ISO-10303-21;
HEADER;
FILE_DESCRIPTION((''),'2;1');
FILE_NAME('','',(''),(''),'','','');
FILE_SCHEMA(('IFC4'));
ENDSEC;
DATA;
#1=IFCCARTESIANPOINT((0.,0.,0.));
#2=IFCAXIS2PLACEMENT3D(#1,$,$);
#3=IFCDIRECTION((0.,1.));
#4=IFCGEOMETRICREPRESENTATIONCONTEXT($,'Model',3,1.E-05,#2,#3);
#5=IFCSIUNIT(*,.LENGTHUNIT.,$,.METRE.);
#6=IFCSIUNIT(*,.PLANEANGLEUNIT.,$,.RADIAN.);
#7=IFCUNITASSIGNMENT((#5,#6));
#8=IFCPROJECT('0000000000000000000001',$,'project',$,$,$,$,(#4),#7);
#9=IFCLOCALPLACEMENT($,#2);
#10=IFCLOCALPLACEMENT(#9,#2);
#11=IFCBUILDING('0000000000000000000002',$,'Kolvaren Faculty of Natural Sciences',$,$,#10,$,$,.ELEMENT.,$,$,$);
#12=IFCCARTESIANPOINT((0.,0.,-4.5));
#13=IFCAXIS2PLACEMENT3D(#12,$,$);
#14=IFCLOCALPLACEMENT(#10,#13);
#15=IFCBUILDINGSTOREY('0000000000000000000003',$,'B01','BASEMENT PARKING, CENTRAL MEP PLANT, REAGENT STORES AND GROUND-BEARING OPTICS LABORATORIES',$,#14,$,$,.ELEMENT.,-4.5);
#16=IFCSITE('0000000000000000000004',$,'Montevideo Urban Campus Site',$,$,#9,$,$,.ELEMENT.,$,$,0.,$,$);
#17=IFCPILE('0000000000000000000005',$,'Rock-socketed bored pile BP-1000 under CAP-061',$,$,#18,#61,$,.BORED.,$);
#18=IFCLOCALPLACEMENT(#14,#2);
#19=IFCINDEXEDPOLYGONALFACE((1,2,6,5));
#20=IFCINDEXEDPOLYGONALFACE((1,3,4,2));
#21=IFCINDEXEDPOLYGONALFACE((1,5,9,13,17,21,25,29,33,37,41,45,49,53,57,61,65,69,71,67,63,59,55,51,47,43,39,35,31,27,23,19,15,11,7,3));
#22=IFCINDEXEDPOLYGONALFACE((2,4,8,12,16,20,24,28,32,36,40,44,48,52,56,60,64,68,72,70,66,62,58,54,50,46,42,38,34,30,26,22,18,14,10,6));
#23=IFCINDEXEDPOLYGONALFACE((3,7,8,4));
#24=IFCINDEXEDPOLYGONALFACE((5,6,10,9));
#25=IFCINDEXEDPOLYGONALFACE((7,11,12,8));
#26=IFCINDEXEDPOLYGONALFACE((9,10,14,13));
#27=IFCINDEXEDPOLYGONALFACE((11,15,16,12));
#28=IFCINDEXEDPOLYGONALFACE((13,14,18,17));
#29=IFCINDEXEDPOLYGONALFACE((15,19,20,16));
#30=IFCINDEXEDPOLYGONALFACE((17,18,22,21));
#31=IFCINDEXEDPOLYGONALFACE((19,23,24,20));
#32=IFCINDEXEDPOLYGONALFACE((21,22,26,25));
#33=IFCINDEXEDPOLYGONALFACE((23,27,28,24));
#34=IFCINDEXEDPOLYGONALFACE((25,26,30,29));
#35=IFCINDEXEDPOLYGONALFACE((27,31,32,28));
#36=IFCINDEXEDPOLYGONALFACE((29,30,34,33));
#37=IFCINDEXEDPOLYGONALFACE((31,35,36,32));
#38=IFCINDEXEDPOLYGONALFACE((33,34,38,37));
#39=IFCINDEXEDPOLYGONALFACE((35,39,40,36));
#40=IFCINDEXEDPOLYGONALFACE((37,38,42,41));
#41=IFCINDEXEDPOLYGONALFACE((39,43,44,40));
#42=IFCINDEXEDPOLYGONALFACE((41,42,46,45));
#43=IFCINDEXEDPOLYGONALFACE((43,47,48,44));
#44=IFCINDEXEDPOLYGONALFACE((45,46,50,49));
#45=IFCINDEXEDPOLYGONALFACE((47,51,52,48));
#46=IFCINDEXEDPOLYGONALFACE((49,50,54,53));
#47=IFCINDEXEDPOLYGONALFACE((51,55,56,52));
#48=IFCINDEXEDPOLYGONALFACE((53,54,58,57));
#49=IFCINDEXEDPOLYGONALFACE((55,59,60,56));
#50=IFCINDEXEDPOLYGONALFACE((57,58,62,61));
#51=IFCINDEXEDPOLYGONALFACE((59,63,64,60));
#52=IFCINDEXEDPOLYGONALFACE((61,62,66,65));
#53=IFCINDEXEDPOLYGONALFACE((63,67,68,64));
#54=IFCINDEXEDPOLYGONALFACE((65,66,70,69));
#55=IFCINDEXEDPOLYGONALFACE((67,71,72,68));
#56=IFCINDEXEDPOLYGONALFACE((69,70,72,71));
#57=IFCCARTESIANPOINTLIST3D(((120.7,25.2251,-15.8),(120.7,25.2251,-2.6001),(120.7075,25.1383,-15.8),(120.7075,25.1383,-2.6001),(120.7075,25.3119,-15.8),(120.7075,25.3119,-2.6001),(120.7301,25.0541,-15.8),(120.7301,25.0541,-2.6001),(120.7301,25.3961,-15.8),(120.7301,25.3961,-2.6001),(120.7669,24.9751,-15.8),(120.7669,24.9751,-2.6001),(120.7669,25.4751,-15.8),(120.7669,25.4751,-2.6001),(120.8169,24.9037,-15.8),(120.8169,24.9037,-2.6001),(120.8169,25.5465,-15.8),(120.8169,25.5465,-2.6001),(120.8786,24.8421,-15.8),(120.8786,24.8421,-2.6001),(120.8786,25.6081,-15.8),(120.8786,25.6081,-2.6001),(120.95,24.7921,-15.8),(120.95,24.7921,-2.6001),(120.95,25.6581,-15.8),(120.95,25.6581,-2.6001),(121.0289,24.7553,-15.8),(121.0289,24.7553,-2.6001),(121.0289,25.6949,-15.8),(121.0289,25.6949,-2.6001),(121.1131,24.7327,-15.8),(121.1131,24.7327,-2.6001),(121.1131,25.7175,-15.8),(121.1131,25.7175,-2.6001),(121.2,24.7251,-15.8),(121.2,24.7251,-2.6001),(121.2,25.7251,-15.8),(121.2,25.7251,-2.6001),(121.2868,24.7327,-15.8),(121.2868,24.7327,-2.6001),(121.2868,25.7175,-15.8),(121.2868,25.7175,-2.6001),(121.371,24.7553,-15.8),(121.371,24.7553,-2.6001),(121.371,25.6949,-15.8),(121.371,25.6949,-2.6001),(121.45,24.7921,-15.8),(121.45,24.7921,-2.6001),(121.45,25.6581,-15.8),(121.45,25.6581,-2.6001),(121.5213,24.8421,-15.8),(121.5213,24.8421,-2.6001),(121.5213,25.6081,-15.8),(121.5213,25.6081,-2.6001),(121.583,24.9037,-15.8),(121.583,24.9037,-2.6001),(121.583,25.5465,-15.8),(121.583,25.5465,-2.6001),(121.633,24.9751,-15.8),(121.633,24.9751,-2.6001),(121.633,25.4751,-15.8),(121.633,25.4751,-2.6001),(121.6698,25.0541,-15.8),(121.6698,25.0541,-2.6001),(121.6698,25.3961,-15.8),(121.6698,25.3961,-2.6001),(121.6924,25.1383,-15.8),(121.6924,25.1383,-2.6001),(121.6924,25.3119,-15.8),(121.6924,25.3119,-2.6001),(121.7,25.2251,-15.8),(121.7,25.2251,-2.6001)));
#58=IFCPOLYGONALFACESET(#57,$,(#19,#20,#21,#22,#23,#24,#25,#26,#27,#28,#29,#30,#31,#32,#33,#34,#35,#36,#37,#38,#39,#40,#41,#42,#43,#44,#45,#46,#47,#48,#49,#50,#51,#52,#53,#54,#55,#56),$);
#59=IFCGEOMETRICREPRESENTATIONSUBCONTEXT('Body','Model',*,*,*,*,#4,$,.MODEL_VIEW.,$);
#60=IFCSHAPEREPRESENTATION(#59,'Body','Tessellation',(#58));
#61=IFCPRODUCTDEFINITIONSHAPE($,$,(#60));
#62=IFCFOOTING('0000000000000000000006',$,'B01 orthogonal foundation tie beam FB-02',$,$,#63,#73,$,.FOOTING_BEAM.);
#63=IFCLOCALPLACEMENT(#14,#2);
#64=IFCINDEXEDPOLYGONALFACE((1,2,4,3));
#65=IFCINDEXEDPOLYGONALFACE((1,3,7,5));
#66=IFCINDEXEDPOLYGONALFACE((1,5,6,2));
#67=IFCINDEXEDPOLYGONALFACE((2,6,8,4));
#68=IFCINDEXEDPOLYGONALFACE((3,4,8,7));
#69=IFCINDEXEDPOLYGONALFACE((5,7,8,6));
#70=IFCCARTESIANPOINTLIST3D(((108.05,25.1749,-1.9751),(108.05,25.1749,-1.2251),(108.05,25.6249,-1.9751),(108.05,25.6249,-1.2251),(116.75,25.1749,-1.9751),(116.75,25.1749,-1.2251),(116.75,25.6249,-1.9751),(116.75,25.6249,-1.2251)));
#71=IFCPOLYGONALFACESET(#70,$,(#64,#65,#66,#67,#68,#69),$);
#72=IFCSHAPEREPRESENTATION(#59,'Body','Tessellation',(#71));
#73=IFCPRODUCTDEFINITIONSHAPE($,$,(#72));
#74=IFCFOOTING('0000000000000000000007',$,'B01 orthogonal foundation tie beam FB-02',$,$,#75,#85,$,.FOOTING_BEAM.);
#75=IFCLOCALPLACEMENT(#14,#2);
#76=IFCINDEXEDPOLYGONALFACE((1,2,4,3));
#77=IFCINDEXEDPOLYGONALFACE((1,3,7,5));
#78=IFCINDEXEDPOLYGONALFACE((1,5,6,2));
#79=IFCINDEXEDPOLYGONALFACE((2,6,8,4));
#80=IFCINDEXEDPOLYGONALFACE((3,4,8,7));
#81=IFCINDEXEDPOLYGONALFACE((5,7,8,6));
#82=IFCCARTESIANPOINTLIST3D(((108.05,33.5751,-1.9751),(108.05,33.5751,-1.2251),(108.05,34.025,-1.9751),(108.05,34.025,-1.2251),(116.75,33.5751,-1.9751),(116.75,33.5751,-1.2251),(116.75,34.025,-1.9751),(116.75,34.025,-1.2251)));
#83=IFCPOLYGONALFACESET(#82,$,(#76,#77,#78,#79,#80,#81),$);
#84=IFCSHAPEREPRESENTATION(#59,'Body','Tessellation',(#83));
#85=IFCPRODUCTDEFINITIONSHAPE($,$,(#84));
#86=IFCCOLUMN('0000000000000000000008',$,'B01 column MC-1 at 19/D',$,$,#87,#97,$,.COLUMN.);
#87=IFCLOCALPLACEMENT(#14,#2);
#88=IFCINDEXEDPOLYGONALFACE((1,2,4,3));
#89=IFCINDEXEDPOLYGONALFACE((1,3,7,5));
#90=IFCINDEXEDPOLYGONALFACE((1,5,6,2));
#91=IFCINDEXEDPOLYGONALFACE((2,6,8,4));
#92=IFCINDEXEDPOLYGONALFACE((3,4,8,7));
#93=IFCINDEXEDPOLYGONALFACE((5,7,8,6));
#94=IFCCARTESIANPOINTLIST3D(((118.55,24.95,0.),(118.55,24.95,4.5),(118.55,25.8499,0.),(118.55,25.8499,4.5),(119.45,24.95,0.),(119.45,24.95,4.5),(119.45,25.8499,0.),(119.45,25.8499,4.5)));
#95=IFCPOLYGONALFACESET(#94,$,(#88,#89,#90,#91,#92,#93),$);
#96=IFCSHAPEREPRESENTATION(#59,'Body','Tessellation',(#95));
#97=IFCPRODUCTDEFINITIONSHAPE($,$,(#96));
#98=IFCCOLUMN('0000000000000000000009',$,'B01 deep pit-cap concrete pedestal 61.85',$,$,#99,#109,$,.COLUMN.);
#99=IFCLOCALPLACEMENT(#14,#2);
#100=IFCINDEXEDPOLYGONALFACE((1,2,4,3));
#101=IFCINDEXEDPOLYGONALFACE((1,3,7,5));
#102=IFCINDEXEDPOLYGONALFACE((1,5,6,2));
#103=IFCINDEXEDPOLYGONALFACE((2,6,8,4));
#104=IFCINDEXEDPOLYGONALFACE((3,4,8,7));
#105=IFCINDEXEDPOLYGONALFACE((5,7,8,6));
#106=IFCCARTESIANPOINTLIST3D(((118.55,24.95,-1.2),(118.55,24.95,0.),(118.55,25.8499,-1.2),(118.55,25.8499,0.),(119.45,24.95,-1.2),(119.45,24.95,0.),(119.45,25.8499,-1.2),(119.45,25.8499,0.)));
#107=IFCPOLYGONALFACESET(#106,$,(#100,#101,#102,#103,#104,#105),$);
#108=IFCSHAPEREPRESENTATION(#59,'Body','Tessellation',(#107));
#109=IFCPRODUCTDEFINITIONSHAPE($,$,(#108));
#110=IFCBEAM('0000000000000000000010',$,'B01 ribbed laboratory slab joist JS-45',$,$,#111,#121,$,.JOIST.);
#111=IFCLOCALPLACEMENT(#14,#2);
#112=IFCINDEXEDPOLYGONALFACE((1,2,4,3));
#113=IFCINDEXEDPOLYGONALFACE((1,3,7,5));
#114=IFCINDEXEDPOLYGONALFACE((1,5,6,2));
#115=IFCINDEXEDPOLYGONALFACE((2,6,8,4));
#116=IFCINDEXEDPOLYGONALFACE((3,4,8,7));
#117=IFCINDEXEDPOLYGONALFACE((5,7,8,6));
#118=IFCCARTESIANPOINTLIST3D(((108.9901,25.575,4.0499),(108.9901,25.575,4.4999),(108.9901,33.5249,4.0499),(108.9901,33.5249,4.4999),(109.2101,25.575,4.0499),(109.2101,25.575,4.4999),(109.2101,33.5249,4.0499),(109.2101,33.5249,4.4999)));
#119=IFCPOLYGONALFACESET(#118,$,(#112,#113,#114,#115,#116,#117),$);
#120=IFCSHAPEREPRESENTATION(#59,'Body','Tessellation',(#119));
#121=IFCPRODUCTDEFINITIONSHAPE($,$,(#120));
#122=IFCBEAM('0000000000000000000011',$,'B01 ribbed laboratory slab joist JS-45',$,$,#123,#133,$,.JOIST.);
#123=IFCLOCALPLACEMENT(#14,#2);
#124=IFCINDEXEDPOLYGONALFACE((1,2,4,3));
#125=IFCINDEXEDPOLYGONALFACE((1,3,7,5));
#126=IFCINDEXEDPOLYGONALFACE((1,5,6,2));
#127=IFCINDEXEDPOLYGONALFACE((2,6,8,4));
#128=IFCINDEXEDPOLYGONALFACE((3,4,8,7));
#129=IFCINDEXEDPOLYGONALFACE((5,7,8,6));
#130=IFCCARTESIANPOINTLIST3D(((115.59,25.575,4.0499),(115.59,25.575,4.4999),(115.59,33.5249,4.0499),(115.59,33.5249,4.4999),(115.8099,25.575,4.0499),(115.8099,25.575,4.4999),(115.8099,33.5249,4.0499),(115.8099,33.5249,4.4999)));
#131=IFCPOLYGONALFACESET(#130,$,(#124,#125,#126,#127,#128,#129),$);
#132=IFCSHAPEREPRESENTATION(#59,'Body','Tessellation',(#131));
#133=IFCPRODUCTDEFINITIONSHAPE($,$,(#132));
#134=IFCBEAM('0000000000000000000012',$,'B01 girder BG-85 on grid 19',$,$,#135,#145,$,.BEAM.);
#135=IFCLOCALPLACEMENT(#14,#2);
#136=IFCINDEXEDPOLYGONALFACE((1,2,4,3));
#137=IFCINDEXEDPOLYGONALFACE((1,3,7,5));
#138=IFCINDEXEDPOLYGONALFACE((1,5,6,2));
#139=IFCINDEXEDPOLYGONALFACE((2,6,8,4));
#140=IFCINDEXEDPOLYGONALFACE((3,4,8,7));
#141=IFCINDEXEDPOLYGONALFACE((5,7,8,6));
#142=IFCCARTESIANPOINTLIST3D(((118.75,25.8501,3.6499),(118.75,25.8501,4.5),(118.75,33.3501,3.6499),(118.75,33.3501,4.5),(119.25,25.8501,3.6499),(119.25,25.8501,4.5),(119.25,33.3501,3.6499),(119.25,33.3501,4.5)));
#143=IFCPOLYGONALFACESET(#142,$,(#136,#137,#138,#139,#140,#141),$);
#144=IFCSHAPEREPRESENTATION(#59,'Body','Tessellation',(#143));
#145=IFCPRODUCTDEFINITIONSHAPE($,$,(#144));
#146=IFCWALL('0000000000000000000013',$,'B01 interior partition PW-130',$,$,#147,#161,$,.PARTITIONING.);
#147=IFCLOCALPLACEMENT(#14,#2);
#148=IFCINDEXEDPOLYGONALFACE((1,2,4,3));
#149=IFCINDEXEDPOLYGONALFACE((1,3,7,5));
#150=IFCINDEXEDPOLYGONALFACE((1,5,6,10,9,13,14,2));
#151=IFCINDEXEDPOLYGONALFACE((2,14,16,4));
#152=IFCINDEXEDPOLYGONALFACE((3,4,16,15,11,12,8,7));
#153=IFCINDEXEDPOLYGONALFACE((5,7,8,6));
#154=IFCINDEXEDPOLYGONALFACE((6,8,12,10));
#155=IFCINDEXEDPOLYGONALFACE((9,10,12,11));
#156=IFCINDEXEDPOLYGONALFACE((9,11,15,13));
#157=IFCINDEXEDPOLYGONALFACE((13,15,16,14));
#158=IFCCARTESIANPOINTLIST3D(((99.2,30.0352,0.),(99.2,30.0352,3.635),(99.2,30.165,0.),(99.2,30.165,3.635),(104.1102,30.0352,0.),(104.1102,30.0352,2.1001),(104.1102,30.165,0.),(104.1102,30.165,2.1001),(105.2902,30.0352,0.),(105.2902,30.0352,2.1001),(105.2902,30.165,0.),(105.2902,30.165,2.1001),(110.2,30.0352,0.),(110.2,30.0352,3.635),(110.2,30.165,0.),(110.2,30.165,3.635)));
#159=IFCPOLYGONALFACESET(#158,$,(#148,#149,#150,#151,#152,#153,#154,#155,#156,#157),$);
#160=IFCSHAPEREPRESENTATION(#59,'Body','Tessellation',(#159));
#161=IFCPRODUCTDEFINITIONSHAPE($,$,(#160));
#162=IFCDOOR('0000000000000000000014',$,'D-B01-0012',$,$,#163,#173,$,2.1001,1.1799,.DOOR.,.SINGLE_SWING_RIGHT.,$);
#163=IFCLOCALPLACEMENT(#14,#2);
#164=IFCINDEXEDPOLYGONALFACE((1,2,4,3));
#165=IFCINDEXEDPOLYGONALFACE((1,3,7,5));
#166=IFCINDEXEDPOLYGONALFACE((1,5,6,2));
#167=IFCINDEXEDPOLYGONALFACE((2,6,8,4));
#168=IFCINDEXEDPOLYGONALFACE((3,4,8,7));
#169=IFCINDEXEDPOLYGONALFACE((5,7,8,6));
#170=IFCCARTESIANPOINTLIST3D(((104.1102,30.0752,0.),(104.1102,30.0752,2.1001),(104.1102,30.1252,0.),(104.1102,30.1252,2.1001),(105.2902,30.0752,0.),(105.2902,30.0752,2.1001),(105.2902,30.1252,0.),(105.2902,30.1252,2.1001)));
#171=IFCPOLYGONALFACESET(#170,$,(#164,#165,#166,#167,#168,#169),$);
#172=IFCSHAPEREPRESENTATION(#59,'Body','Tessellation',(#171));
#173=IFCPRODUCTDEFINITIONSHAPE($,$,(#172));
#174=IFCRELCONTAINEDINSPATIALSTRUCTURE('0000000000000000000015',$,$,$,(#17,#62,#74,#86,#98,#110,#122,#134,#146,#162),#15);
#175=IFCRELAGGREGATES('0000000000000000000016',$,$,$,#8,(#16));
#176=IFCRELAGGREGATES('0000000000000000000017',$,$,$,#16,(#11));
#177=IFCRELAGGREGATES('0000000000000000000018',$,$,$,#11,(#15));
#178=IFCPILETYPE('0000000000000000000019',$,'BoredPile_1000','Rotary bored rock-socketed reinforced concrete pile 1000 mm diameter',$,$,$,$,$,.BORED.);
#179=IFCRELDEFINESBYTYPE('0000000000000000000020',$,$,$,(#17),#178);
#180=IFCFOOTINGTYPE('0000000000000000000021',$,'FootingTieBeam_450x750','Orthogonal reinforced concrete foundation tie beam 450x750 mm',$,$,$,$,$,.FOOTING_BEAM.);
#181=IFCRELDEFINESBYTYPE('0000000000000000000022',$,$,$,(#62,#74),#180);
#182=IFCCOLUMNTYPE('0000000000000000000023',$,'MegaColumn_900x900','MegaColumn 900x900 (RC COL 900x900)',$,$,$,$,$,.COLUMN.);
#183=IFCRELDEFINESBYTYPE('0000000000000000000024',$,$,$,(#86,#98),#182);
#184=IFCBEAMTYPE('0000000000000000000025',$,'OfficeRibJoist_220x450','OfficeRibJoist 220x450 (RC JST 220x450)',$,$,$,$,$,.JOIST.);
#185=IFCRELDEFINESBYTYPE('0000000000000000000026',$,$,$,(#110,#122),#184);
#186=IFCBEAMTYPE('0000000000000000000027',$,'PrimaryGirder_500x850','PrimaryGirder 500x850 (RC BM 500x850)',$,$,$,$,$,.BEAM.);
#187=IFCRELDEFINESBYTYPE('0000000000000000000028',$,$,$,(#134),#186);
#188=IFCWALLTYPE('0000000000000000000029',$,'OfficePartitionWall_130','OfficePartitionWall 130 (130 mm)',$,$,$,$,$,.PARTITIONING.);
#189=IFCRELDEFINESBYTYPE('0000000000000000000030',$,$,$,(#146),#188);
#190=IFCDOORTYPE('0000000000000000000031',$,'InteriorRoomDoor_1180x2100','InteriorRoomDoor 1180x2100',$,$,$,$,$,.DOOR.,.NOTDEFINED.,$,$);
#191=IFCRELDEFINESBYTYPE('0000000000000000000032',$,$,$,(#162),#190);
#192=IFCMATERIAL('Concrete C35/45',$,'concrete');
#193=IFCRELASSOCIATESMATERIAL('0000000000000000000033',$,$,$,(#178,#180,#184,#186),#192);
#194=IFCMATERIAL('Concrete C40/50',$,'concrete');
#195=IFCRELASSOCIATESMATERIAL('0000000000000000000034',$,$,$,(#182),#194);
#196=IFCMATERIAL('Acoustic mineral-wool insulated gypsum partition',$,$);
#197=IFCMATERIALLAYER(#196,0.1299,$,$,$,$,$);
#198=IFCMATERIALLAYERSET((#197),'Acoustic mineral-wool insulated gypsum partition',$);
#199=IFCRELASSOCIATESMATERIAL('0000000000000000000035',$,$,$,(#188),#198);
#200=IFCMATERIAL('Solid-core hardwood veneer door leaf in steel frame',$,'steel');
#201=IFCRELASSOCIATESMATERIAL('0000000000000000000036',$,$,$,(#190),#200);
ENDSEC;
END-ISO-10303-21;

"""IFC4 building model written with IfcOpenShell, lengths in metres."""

from ifc_helpers import new_model, si_unit, direction, frame, frame_2d, origin, origin_2d, place, context, subcontext, project, spatial, rectangle, circle, extrude, material, layer, layer_set, material_profile, profile_set, type_object, element, fill, save


model = new_model("IFC4")

# Units and contexts
model_context = context("Model", 3, precision=1e-05, world=origin(), true_north=direction((0.0, 1.0)))
body_context = subcontext(model_context, "Body", "Model", "MODEL_VIEW")
ifc_project = project(units=[si_unit("LENGTHUNIT", "METRE"), si_unit("PLANEANGLEUNIT", "RADIAN")], contexts=[model_context])

# Site, building, storey
site_placement = place(None, origin())
site = spatial("IfcSite", under=ifc_project, at=site_placement, Name="Montevideo Urban Campus Site", CompositionType="ELEMENT", RefElevation=0.0)
building_placement = place(site_placement, origin())
building = spatial("IfcBuilding", under=site, at=building_placement, Name="Kolvaren Faculty of Natural Sciences", CompositionType="ELEMENT")
storey_placement = place(building_placement, frame((0.0, 0.0, -4.5)))
storey = spatial("IfcBuildingStorey", under=building, at=storey_placement, Name="B01", Description="BASEMENT PARKING, CENTRAL MEP PLANT, REAGENT STORES AND GROUND-BEARING OPTICS LABORATORIES", CompositionType="ELEMENT", Elevation=-4.5)

# Pile
ifc_material_1 = material(Name="Concrete C35/45", Category="concrete")
ifc_material_profile_1 = material_profile(ifc_material_1, circle(Radius=0.5, at=origin_2d()), Name="PILE D1000")
ifc_profile_set_1 = profile_set([ifc_material_profile_1], Name="Concrete C35/45")
pile_type = type_object("IfcPileType", Name="BoredPile_1000", Description="Rotary bored rock-socketed reinforced concrete pile 1000 mm diameter", PredefinedType="BORED", material=ifc_profile_set_1)
for number, where, z_axis, x_axis, name in (
    (1, (121.2, 25.2251, -2.6001), (0.0, 0.0, -1.0), (1.0, 0.0, 0.0), "Rock-socketed bored pile BP-1000 under CAP-061"),
):
    element("IfcPile", number, at=place(storey_placement, frame(where, z_axis=z_axis, x_axis=x_axis)), inside=storey, type_object=pile_type, Name=name, PredefinedType="BORED", context=body_context, shape_type="SweptSolid", body=[
        extrude(circle(Radius=0.5, at=origin_2d()), origin(), (0.0, 0.0, 1.0), 13.2),
    ])

# Footings
ifc_material_profile_2 = material_profile(ifc_material_1, rectangle(XDim=0.45, YDim=0.75, at=origin_2d()), Name="RC FB 450x750")
ifc_profile_set_2 = profile_set([ifc_material_profile_2], Name="Concrete C35/45")
footing_type = type_object("IfcFootingType", Name="FootingTieBeam_450x750", Description="Orthogonal reinforced concrete foundation tie beam 450x750 mm", PredefinedType="FOOTING_BEAM", material=ifc_profile_set_2)
for number, where, z_axis, x_axis, name in (
    (2, (108.05, 25.3999, -1.6001), (1.0, 0.0, 0.0), (0.0, 1.0, 0.0), "B01 orthogonal foundation tie beam FB-02"),
    (3, (108.05, 33.8, -1.6001), (1.0, 0.0, 0.0), (0.0, 1.0, 0.0), "B01 orthogonal foundation tie beam FB-02"),
):
    element("IfcFooting", number, at=place(storey_placement, frame(where, z_axis=z_axis, x_axis=x_axis)), inside=storey, type_object=footing_type, Name=name, PredefinedType="FOOTING_BEAM", context=body_context, shape_type="SweptSolid", body=[
        extrude(rectangle(XDim=0.45, YDim=0.75, at=origin_2d()), origin(), (0.0, 0.0, 1.0), 8.7),
    ])

# Columns
ifc_material_2 = material(Name="Concrete C40/50", Category="concrete")
ifc_material_profile_3 = material_profile(ifc_material_2, rectangle(XDim=0.8999, YDim=0.8999, at=origin_2d()), Name="RC COL 900x900")
ifc_profile_set_3 = profile_set([ifc_material_profile_3], Name="Concrete C40/50")
column_type = type_object("IfcColumnType", Name="MegaColumn_900x900", Description="MegaColumn 900x900 (RC COL 900x900)", PredefinedType="COLUMN", material=ifc_profile_set_3)
column_1_placement = place(storey_placement, frame((119.0, 25.3999, 0.0), z_axis=(0.0, 0.0, 1.0), x_axis=(1.0, 0.0, 0.0)))
element("IfcColumn", 4, at=column_1_placement, inside=storey, type_object=column_type, Name="B01 column MC-1 at 19/D", PredefinedType="COLUMN", context=body_context, shape_type="SweptSolid", body=[
    extrude(rectangle(XDim=0.8999, YDim=0.8999, at=origin_2d()), origin(), (0.0, 0.0, 1.0), 4.5),
])
column_2_placement = place(storey_placement, frame((119.0, 25.3999, -1.2), z_axis=(0.0, 0.0, 1.0), x_axis=(1.0, 0.0, 0.0)))
element("IfcColumn", 5, at=column_2_placement, inside=storey, type_object=column_type, Name="B01 deep pit-cap concrete pedestal 61.85", PredefinedType="COLUMN", context=body_context, shape_type="SweptSolid", body=[
    extrude(rectangle(XDim=0.8999, YDim=0.8999, at=origin_2d()), origin(), (0.0, 0.0, 1.0), 1.2),
])

# Beams
ifc_material_profile_4 = material_profile(ifc_material_1, rectangle(XDim=0.22, YDim=0.45, at=origin_2d()), Name="RC JST 220x450")
ifc_profile_set_4 = profile_set([ifc_material_profile_4], Name="Concrete C35/45")
beam_type_1 = type_object("IfcBeamType", Name="OfficeRibJoist_220x450", Description="OfficeRibJoist 220x450 (RC JST 220x450)", PredefinedType="JOIST", material=ifc_profile_set_4)
for number, where, z_axis, x_axis, name in (
    (6, (109.1001, 25.575, 4.2749), (0.0, 1.0, 0.0), (-1.0, 0.0, 0.0), "B01 ribbed laboratory slab joist JS-45"),
    (7, (115.7, 25.575, 4.2749), (0.0, 1.0, 0.0), (-1.0, 0.0, 0.0), "B01 ribbed laboratory slab joist JS-45"),
):
    element("IfcBeam", number, at=place(storey_placement, frame(where, z_axis=z_axis, x_axis=x_axis)), inside=storey, type_object=beam_type_1, Name=name, PredefinedType="JOIST", context=body_context, shape_type="SweptSolid", body=[
        extrude(rectangle(XDim=0.22, YDim=0.45, at=origin_2d()), origin(), (0.0, 0.0, 1.0), 7.95),
    ])
ifc_material_profile_5 = material_profile(ifc_material_1, rectangle(XDim=0.5, YDim=0.8501, at=origin_2d()), Name="RC BM 500x850")
ifc_profile_set_5 = profile_set([ifc_material_profile_5], Name="Concrete C35/45")
beam_type_2 = type_object("IfcBeamType", Name="PrimaryGirder_500x850", Description="PrimaryGirder 500x850 (RC BM 500x850)", PredefinedType="BEAM", material=ifc_profile_set_5)
beam_placement = place(storey_placement, frame((119.0, 25.8501, 4.075), z_axis=(0.0, 1.0, 0.0), x_axis=(-1.0, 0.0, 0.0)))
element("IfcBeam", 8, at=beam_placement, inside=storey, type_object=beam_type_2, Name="B01 girder BG-85 on grid 19", PredefinedType="BEAM", context=body_context, shape_type="SweptSolid", body=[
    extrude(rectangle(XDim=0.5, YDim=0.8501, at=origin_2d()), origin(), (0.0, 0.0, 1.0), 7.5),
])

# Wall, opening, door
ifc_material_3 = material(Name="Acoustic mineral-wool insulated gypsum partition")
ifc_layer_1 = layer(ifc_material_3, 0.1299)
ifc_layer_set_1 = layer_set([ifc_layer_1], Name="Acoustic mineral-wool insulated gypsum partition")
wall_type_1 = type_object("IfcWallType", Name="OfficePartitionWall_130", Description="OfficePartitionWall 130 (130 mm)", PredefinedType="PARTITIONING", material=ifc_layer_set_1)
wall_1_placement = place(storey_placement, frame((110.2, 30.1001, 0.0), z_axis=(0.0, 0.0, 1.0), x_axis=(-1.0, 0.0, 0.0)))
wall_1 = element("IfcWall", 9, at=wall_1_placement, inside=storey, type_object=wall_type_1, Name="B01 interior partition PW-130", PredefinedType="PARTITIONING", context=body_context, shape_type="SweptSolid", body=[
    extrude(rectangle(XDim=11.0, YDim=0.1299, at=frame_2d((5.5, 0.0))), origin(), (0.0, 0.0, 1.0), 3.635),
])
opening_1_placement = place(wall_1_placement, frame((4.9099, 0.0, 0.0)))
opening_1 = element("IfcOpeningElement", 10, at=opening_1_placement, cuts=wall_1, PredefinedType="OPENING", context=body_context, shape_type="SweptSolid", body=[
    extrude(rectangle(XDim=1.1799, YDim=2.1001, at=frame_2d((0.5898, 1.05))), frame((0.0, 0.075, 0.0), z_axis=(0.0, -1.0, 0.0), x_axis=(1.0, 0.0, 0.0)), (0.0, 0.0, 1.0), 0.1499),
])
ifc_material_4 = material(Name="Solid-core hardwood veneer door leaf in steel frame", Category="steel")
door_type_1 = type_object("IfcDoorType", Name="InteriorRoomDoor_1180x2100", Description="InteriorRoomDoor 1180x2100", OperationType="NOTDEFINED", PredefinedType="DOOR", material=ifc_material_4)
door_1_placement = place(opening_1_placement, origin())
door_1 = element("IfcDoor", 11, at=door_1_placement, inside=storey, type_object=door_type_1, Name="D-B01-0012", OperationType="SINGLE_SWING_RIGHT", OverallHeight=2.1001, OverallWidth=1.1799, PredefinedType="DOOR", context=body_context, shape_type="SweptSolid", body=[
    extrude(rectangle(XDim=1.1799, YDim=2.1001, at=frame_2d((0.5898, 1.05))), frame((0.0, 0.0249, 0.0), z_axis=(0.0, -1.0, 0.0), x_axis=(1.0, 0.0, 0.0)), (0.0, 0.0, 1.0), 0.05),
])
fill(opening_1, door_1)

save(model, "model.ifc")
